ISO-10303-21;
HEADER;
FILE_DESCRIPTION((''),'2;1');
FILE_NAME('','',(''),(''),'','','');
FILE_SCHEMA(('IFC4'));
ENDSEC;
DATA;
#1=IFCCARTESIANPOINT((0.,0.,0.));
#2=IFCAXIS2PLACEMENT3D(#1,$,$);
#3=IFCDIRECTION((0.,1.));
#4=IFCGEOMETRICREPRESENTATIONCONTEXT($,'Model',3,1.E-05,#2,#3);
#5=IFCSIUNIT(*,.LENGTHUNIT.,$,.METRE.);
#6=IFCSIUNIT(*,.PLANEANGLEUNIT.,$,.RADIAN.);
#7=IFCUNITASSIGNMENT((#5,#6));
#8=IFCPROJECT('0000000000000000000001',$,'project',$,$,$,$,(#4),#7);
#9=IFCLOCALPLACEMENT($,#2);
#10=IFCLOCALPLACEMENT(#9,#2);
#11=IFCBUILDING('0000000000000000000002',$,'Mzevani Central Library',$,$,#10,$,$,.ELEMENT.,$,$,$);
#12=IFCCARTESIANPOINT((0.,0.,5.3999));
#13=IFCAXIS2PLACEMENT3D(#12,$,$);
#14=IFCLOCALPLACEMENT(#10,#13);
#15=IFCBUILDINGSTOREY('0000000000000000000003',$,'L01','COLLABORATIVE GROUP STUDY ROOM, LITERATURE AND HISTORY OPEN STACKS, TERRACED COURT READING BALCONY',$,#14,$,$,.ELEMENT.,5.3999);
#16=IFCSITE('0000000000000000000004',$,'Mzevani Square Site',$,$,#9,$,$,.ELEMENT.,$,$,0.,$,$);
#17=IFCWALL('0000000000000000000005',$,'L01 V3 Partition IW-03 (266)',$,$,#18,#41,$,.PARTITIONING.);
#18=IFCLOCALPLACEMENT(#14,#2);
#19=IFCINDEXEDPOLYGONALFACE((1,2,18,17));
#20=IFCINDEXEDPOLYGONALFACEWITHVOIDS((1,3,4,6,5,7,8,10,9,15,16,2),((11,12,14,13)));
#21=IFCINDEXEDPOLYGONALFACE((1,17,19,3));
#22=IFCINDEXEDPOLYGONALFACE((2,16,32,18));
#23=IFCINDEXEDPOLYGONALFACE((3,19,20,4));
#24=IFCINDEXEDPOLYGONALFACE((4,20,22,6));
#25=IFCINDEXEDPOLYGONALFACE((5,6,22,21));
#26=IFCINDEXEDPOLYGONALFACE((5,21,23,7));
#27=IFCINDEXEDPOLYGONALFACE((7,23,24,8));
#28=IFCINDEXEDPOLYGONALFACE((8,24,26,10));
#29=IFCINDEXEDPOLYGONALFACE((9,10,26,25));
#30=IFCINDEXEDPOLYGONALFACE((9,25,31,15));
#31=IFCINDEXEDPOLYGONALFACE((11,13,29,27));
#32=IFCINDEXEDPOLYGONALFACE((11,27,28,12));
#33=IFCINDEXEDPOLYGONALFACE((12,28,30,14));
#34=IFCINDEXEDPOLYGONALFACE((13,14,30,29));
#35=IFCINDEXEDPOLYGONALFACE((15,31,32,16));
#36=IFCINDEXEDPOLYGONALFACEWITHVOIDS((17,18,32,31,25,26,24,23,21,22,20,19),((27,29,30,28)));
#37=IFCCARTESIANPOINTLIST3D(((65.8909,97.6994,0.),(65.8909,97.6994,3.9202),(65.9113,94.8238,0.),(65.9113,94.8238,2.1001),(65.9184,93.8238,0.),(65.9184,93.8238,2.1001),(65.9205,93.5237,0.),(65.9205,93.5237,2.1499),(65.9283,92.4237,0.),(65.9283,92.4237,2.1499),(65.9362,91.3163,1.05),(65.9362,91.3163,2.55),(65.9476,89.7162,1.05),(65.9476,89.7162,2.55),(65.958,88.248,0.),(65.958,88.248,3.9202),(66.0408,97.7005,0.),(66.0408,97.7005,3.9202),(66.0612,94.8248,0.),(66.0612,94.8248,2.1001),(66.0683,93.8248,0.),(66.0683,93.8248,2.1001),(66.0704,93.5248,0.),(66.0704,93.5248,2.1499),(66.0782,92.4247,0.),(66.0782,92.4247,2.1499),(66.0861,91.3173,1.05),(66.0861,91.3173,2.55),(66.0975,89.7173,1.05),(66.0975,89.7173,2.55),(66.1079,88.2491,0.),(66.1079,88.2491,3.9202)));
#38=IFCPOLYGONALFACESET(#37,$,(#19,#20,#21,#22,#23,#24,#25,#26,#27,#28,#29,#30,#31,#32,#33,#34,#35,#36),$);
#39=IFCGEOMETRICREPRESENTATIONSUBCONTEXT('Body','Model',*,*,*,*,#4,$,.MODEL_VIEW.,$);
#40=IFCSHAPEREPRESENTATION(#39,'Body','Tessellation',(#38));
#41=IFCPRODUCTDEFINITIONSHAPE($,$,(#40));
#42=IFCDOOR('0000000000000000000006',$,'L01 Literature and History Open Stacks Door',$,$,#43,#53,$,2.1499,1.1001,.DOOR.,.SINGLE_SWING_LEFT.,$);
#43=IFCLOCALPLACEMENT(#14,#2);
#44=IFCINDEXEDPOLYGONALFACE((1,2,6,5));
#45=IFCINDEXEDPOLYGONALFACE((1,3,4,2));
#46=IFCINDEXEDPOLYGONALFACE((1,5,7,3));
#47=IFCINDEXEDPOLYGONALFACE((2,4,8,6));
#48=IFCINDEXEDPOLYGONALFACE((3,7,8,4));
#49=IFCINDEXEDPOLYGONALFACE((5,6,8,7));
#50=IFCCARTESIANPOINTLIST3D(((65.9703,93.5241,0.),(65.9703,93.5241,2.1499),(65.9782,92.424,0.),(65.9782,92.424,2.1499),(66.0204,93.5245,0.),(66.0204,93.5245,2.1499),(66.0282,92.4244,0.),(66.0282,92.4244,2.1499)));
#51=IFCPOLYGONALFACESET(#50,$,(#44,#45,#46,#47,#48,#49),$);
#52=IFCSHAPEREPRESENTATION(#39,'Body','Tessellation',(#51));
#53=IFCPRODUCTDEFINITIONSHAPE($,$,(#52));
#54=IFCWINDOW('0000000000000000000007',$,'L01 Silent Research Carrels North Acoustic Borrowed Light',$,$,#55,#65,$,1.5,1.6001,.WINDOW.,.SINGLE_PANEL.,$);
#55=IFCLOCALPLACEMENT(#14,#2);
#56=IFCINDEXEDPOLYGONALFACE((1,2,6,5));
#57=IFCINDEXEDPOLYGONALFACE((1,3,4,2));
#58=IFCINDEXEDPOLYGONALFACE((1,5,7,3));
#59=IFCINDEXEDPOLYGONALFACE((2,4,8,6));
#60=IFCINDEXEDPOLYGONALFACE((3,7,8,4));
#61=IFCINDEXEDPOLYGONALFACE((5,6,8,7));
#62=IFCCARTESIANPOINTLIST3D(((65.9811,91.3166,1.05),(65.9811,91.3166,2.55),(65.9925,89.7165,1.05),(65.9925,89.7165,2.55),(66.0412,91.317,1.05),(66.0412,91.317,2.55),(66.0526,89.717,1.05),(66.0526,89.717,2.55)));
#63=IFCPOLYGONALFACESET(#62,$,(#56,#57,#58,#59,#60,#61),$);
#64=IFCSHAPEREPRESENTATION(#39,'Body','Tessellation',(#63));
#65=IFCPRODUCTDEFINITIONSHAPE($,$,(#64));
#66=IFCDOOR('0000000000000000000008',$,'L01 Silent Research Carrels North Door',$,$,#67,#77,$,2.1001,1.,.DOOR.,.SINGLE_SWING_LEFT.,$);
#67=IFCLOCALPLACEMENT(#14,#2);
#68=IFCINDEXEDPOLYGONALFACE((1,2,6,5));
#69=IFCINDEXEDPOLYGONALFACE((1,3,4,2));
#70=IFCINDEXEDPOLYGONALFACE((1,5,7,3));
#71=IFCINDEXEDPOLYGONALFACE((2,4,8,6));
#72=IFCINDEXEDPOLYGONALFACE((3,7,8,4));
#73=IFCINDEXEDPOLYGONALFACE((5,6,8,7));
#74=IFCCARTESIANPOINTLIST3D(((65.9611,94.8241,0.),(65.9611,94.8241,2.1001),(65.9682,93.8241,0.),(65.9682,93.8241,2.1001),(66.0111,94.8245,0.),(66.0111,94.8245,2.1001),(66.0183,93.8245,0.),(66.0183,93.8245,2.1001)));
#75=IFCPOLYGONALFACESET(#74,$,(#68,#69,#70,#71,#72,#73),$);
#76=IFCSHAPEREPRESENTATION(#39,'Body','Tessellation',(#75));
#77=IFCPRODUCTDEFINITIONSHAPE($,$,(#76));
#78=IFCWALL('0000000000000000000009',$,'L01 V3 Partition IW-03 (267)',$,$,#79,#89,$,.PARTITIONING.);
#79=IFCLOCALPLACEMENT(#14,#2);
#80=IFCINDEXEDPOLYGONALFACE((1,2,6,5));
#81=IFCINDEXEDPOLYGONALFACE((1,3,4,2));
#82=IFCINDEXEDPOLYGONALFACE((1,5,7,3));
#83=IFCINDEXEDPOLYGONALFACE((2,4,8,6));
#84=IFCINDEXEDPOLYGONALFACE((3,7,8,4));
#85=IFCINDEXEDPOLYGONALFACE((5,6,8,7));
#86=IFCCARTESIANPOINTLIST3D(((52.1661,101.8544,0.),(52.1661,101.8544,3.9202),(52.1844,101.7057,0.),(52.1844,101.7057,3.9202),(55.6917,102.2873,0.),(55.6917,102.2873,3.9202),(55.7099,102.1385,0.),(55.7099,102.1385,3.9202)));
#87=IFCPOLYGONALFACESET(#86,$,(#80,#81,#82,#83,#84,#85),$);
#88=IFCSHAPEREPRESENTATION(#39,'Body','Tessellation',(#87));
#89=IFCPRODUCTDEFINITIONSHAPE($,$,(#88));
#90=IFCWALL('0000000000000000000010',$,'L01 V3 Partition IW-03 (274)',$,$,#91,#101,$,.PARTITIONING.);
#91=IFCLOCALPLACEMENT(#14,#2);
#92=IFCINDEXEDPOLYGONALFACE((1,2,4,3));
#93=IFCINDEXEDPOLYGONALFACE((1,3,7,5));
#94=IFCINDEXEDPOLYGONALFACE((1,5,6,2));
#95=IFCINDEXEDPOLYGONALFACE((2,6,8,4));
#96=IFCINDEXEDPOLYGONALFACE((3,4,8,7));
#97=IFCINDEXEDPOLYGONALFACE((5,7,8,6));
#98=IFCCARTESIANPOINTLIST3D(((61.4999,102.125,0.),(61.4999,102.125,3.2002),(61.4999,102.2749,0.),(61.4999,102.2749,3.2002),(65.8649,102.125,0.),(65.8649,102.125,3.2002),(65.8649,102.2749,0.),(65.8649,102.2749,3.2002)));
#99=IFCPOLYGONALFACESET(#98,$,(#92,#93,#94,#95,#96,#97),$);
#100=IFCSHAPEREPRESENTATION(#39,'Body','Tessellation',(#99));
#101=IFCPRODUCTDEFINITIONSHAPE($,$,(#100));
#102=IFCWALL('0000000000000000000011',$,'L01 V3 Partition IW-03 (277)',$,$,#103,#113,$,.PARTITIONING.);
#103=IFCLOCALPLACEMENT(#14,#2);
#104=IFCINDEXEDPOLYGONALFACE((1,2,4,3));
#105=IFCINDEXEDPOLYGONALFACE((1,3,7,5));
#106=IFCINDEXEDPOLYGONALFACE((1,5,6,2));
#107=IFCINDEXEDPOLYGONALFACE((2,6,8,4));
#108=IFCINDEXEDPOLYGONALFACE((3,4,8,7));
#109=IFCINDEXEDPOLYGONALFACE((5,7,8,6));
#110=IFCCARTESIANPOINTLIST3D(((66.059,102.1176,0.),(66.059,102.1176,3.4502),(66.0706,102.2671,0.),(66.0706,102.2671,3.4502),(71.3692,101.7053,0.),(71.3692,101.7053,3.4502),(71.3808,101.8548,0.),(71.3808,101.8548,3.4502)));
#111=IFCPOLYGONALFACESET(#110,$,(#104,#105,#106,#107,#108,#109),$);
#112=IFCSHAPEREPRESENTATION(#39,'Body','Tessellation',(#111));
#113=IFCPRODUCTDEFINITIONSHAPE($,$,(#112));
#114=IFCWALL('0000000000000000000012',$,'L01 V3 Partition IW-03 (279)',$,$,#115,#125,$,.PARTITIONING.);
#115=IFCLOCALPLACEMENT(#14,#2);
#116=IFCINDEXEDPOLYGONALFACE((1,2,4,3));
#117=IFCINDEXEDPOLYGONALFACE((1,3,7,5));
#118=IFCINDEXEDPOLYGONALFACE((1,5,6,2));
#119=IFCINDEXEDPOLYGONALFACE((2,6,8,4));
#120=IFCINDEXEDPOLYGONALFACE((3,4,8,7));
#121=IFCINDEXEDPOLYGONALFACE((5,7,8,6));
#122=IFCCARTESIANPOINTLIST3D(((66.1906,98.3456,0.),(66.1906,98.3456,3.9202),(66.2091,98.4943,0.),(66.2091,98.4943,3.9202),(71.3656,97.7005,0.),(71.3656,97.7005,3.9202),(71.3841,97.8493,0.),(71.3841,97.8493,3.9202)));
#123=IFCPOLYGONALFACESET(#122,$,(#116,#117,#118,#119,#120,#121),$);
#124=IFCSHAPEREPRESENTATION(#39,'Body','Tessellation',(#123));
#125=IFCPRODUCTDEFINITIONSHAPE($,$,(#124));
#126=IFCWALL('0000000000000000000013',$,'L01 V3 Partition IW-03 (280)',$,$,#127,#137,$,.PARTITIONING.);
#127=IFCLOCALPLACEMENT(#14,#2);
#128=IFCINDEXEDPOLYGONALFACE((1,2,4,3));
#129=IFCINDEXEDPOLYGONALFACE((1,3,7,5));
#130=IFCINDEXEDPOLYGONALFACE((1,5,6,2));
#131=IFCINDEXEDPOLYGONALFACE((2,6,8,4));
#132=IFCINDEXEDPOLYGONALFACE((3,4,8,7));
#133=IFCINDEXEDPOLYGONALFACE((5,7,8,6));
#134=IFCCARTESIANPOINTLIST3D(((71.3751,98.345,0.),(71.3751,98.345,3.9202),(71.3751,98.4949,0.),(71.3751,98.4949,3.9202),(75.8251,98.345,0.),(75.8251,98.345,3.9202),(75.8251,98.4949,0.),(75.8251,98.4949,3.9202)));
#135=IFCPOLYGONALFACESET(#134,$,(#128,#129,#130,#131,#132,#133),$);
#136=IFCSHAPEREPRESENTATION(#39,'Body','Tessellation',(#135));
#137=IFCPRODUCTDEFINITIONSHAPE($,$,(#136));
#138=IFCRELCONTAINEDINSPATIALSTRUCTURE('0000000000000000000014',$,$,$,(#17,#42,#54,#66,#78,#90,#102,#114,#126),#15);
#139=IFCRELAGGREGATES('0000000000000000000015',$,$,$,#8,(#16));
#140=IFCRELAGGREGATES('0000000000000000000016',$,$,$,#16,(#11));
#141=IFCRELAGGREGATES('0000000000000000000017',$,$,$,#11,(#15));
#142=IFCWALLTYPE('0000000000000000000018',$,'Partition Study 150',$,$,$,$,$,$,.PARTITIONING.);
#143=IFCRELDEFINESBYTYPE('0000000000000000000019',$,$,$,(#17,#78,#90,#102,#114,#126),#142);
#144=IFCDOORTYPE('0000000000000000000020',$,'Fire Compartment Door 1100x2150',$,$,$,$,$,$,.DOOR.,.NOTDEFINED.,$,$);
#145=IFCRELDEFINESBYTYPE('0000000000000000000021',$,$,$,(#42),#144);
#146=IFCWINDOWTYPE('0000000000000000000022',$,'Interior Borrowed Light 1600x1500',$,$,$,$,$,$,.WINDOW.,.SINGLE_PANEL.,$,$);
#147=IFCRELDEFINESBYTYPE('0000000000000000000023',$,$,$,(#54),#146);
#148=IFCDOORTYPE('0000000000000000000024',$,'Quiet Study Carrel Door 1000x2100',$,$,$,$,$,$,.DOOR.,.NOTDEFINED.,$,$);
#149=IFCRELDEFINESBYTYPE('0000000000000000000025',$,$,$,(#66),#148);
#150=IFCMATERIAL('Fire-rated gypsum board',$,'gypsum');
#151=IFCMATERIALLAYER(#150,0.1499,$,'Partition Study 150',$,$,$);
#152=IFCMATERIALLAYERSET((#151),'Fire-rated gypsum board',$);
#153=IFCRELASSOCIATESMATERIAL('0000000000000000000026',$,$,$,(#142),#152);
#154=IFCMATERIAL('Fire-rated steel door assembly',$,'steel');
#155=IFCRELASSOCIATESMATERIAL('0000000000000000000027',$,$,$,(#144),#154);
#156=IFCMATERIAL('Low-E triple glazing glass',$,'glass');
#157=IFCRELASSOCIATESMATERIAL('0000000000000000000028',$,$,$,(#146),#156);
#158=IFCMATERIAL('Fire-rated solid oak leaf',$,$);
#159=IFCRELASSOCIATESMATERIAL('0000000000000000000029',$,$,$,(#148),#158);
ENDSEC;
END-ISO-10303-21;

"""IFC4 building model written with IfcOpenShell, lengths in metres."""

from ifc_helpers import new_model, si_unit, direction, frame, frame_2d, origin, place, context, subcontext, project, spatial, rectangle, extrude, material, layer, layer_set, type_object, element, fill, save


model = new_model("IFC4")

# Units and contexts
model_context = context("Model", 3, precision=1e-05, world=origin(), true_north=direction((0.0, 1.0)))
body_context = subcontext(model_context, "Body", "Model", "MODEL_VIEW")
ifc_project = project(units=[si_unit("LENGTHUNIT", "METRE"), si_unit("PLANEANGLEUNIT", "RADIAN")], contexts=[model_context])

# Site, building, storey
site_placement = place(None, origin())
site = spatial("IfcSite", under=ifc_project, at=site_placement, Name="Mzevani Square Site", CompositionType="ELEMENT", RefElevation=0.0)
building_placement = place(site_placement, origin())
building = spatial("IfcBuilding", under=site, at=building_placement, Name="Mzevani Central Library", CompositionType="ELEMENT")
storey_placement = place(building_placement, frame((0.0, 0.0, 5.3999)))
storey = spatial("IfcBuildingStorey", under=building, at=storey_placement, Name="L01", Description="COLLABORATIVE GROUP STUDY ROOM, LITERATURE AND HISTORY OPEN STACKS, TERRACED COURT READING BALCONY", CompositionType="ELEMENT", Elevation=5.3999)

# Shared definitions
ifc_material_1 = material(Name="Fire-rated steel door assembly", Category="steel")

# Shared definitions
ifc_material_2 = material(Name="Fire-rated gypsum board", Category="gypsum")
ifc_layer_1 = layer(ifc_material_2, 0.1499, Name="Partition Study 150")
ifc_layer_set_1 = layer_set([ifc_layer_1], Name="Fire-rated gypsum board")
wall_type_1 = type_object("IfcWallType", Name="Partition Study 150", PredefinedType="PARTITIONING", material=ifc_layer_set_1)

# Wall, openings, doors, window
wall_1_placement = place(storey_placement, frame((65.9658, 97.7, 0.0), z_axis=(0.0, 0.0, 1.0), x_axis=(0.007103, -0.999975, 0.0)))
wall_1 = element("IfcWall", 1, at=wall_1_placement, inside=storey, type_object=wall_type_1, Name="L01 V3 Partition IW-03 (266)", PredefinedType="PARTITIONING", context=body_context, shape_type="SweptSolid", body=[
    extrude(rectangle(XDim=9.4517, YDim=0.1499, at=frame_2d((4.7258, 0.0))), origin(), (0.0, 0.0, 1.0), 3.9202),
])
opening_1_placement = place(wall_1_placement, frame((4.1758, 0.0, 0.0)))
opening_1 = element("IfcOpeningElement", 2, at=opening_1_placement, cuts=wall_1, PredefinedType="OPENING", context=body_context, shape_type="SweptSolid", body=[
    extrude(rectangle(XDim=1.1001, YDim=2.1499, at=frame_2d((0.55, 1.075))), frame((0.0, 0.085, 0.0), z_axis=(0.0, -1.0, 0.0), x_axis=(1.0, 0.0, 0.0)), (0.0, 0.0, 1.0), 0.1699),
])
opening_2_placement = place(wall_1_placement, frame((2.8757, 0.0, 0.0)))
opening_2 = element("IfcOpeningElement", 3, at=opening_2_placement, cuts=wall_1, PredefinedType="OPENING", context=body_context, shape_type="SweptSolid", body=[
    extrude(rectangle(XDim=1.0, YDim=2.1001, at=frame_2d((0.5, 1.05))), frame((0.0, 0.085, 0.0), z_axis=(0.0, -1.0, 0.0), x_axis=(1.0, 0.0, 0.0)), (0.0, 0.0, 1.0), 0.1699),
])
opening_3_placement = place(wall_1_placement, frame((6.3833, 0.0, 1.05)))
opening_3 = element("IfcOpeningElement", 4, at=opening_3_placement, cuts=wall_1, PredefinedType="OPENING", context=body_context, shape_type="SweptSolid", body=[
    extrude(rectangle(XDim=1.6001, YDim=1.5, at=frame_2d((0.8, 0.75))), frame((0.0, 0.085, 0.0), z_axis=(0.0, -1.0, 0.0), x_axis=(1.0, 0.0, 0.0)), (0.0, 0.0, 1.0), 0.1699),
])
door_type_1 = type_object("IfcDoorType", Name="Fire Compartment Door 1100x2150", OperationType="NOTDEFINED", PredefinedType="DOOR", material=ifc_material_1)
door_1_placement = place(opening_1_placement, origin())
door_1 = element("IfcDoor", 5, at=door_1_placement, inside=storey, type_object=door_type_1, Name="L01 Literature and History Open Stacks Door", OperationType="SINGLE_SWING_LEFT", OverallHeight=2.1499, OverallWidth=1.1001, PredefinedType="DOOR", context=body_context, shape_type="SweptSolid", body=[
    extrude(rectangle(XDim=1.1001, YDim=2.1499, at=frame_2d((0.55, 1.075))), frame((0.0, 0.0249, 0.0), z_axis=(0.0, -1.0, 0.0), x_axis=(1.0, 0.0, 0.0)), (0.0, 0.0, 1.0), 0.05),
])
fill(opening_1, door_1)
ifc_material_3 = material(Name="Low-E triple glazing glass", Category="glass")
window_type = type_object("IfcWindowType", Name="Interior Borrowed Light 1600x1500", PartitioningType="SINGLE_PANEL", PredefinedType="WINDOW", material=ifc_material_3)
window_placement = place(opening_3_placement, origin())
window = element("IfcWindow", 6, at=window_placement, inside=storey, type_object=window_type, Name="L01 Silent Research Carrels North Acoustic Borrowed Light", OverallHeight=1.5, OverallWidth=1.6001, PartitioningType="SINGLE_PANEL", PredefinedType="WINDOW", context=body_context, shape_type="SweptSolid", body=[
    extrude(rectangle(XDim=1.6001, YDim=1.5, at=frame_2d((0.8, 0.75))), frame((0.0, 0.03, 0.0), z_axis=(0.0, -1.0, 0.0), x_axis=(1.0, 0.0, 0.0)), (0.0, 0.0, 1.0), 0.0601),
])
fill(opening_3, window)
ifc_material_4 = material(Name="Fire-rated solid oak leaf")
door_type_2 = type_object("IfcDoorType", Name="Quiet Study Carrel Door 1000x2100", OperationType="NOTDEFINED", PredefinedType="DOOR", material=ifc_material_4)
door_2_placement = place(opening_2_placement, origin())
door_2 = element("IfcDoor", 7, at=door_2_placement, inside=storey, type_object=door_type_2, Name="L01 Silent Research Carrels North Door", OperationType="SINGLE_SWING_LEFT", OverallHeight=2.1001, OverallWidth=1.0, PredefinedType="DOOR", context=body_context, shape_type="SweptSolid", body=[
    extrude(rectangle(XDim=1.0, YDim=2.1001, at=frame_2d((0.5, 1.05))), frame((0.0, 0.0249, 0.0), z_axis=(0.0, -1.0, 0.0), x_axis=(1.0, 0.0, 0.0)), (0.0, 0.0, 1.0), 0.05),
])
fill(opening_2, door_2)

# Walls
wall_2_placement = place(storey_placement, frame((55.7007, 102.2129, 0.0), z_axis=(0.0, 0.0, 1.0), x_axis=(-0.992547, -0.12186, 0.0)))
element("IfcWall", 8, at=wall_2_placement, inside=storey, type_object=wall_type_1, Name="L01 V3 Partition IW-03 (267)", PredefinedType="PARTITIONING", context=body_context, shape_type="SweptSolid", body=[
    extrude(rectangle(XDim=3.552, YDim=0.1499, at=frame_2d((1.7759, 0.0))), origin(), (0.0, 0.0, 1.0), 3.9202),
])
wall_3_placement = place(storey_placement, frame((65.865, 102.2, 0.0), z_axis=(0.0, 0.0, 1.0), x_axis=(-1.0, 0.0, 0.0)))
element("IfcWall", 9, at=wall_3_placement, inside=storey, type_object=wall_type_1, Name="L01 V3 Partition IW-03 (274)", PredefinedType="PARTITIONING", context=body_context, shape_type="SweptSolid", body=[
    extrude(rectangle(XDim=4.365, YDim=0.1499, at=frame_2d((2.1826, 0.0))), origin(), (0.0, 0.0, 1.0), 3.2002),
])
wall_4_placement = place(storey_placement, frame((71.375, 101.78, 0.0), z_axis=(0.0, 0.0, 1.0), x_axis=(-0.996999, 0.077419, 0.0)))
element("IfcWall", 10, at=wall_4_placement, inside=storey, type_object=wall_type_1, Name="L01 V3 Partition IW-03 (277)", PredefinedType="PARTITIONING", context=body_context, shape_type="SweptSolid", body=[
    extrude(rectangle(XDim=5.3262, YDim=0.1499, at=frame_2d((2.6631, 0.0))), origin(), (0.0, 0.0, 1.0), 3.4502),
])
wall_5_placement = place(storey_placement, frame((66.2, 98.4199, 0.0), z_axis=(0.0, 0.0, 1.0), x_axis=(0.992322, -0.123683, 0.0)))
element("IfcWall", 11, at=wall_5_placement, inside=storey, type_object=wall_type_1, Name="L01 V3 Partition IW-03 (279)", PredefinedType="PARTITIONING", context=body_context, shape_type="SweptSolid", body=[
    extrude(rectangle(XDim=5.2151, YDim=0.1499, at=frame_2d((2.6074, 0.0))), origin(), (0.0, 0.0, 1.0), 3.9202),
])
wall_6_placement = place(storey_placement, frame((71.375, 98.4199, 0.0), z_axis=(0.0, 0.0, 1.0), x_axis=(1.0, 0.0, 0.0)))
element("IfcWall", 12, at=wall_6_placement, inside=storey, type_object=wall_type_1, Name="L01 V3 Partition IW-03 (280)", PredefinedType="PARTITIONING", context=body_context, shape_type="SweptSolid", body=[
    extrude(rectangle(XDim=4.45, YDim=0.1499, at=frame_2d((2.2251, 0.0))), origin(), (0.0, 0.0, 1.0), 3.9202),
])

save(model, "model.ifc")
